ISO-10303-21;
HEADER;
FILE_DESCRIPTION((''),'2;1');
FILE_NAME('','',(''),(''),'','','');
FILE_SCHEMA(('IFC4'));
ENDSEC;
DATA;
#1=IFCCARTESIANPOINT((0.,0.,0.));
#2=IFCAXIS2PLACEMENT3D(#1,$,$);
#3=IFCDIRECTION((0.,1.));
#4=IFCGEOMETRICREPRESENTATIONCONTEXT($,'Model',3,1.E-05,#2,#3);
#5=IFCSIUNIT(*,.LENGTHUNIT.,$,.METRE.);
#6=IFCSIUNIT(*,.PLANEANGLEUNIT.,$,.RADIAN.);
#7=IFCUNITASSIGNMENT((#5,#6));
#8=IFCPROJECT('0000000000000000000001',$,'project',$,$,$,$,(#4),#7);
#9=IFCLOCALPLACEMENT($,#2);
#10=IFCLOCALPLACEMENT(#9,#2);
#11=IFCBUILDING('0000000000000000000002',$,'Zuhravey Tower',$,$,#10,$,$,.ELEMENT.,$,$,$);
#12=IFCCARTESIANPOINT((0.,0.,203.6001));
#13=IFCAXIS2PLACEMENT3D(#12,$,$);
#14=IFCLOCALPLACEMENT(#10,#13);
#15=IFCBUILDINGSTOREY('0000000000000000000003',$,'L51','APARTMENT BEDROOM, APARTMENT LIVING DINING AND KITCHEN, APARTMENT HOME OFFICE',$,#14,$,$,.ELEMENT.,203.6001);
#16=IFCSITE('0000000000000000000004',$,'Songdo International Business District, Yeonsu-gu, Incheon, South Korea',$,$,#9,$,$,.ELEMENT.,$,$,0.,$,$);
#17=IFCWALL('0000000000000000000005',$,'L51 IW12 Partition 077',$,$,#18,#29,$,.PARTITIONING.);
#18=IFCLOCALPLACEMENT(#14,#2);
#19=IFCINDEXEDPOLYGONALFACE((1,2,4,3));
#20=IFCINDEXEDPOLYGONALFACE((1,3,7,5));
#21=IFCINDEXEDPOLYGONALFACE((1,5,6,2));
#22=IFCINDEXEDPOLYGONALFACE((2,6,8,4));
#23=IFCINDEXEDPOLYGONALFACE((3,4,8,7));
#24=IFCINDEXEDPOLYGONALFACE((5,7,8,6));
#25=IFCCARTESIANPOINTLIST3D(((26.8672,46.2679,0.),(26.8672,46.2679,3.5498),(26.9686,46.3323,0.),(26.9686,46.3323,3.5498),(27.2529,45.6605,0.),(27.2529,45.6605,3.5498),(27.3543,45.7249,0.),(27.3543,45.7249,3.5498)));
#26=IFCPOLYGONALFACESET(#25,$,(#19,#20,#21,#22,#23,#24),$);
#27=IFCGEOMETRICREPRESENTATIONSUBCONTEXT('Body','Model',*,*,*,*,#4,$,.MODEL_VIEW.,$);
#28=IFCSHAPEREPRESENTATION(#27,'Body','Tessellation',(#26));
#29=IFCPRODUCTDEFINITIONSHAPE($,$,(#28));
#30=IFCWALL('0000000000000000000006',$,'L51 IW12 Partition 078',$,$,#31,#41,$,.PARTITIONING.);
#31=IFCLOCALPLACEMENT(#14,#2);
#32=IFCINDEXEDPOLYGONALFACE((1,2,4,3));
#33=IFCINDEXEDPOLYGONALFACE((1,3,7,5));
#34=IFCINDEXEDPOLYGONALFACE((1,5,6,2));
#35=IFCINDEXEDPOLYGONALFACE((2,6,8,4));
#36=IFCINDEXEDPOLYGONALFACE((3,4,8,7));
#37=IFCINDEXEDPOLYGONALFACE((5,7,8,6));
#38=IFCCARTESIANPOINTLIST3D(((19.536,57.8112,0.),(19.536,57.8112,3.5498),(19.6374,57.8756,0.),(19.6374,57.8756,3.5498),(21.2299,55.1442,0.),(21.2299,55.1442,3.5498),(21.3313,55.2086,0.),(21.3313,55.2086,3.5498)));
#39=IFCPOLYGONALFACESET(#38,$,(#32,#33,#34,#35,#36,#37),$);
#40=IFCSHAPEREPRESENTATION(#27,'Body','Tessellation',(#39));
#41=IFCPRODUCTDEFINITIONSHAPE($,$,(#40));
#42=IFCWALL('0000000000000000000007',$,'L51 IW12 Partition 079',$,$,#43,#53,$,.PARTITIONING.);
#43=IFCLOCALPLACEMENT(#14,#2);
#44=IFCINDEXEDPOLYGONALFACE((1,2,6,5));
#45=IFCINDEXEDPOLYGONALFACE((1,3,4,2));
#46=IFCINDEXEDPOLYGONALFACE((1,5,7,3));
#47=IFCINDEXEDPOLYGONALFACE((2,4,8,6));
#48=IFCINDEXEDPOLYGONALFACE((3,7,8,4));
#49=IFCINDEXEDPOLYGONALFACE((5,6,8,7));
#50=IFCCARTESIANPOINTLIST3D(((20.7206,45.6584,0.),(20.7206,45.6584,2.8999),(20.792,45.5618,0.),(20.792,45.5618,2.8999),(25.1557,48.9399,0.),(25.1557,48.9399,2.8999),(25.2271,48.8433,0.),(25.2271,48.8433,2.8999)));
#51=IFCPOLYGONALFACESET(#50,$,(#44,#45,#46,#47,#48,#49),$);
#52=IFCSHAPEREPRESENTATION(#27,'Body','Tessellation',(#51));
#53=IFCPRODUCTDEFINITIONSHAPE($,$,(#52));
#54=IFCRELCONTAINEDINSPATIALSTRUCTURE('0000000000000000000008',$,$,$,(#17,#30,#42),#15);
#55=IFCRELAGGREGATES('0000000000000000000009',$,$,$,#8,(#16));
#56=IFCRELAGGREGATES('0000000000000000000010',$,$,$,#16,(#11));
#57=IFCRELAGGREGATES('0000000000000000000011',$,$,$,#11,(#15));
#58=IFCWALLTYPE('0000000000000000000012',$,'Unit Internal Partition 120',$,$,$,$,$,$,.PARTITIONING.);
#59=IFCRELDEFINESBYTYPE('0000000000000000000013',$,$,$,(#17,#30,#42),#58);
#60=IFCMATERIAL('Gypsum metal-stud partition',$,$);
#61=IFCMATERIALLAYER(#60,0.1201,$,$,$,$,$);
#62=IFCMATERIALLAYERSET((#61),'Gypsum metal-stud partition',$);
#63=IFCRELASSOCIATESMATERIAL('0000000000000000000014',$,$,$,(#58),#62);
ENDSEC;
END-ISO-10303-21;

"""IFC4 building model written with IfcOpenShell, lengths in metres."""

from ifc_helpers import new_model, si_unit, direction, frame, frame_2d, origin, place, context, subcontext, project, spatial, rectangle, extrude, material, layer, layer_set, type_object, element, save


model = new_model("IFC4")

# Units and contexts
model_context = context("Model", 3, precision=1e-05, world=origin(), true_north=direction((0.0, 1.0)))
body_context = subcontext(model_context, "Body", "Model", "MODEL_VIEW")
ifc_project = project(units=[si_unit("LENGTHUNIT", "METRE"), si_unit("PLANEANGLEUNIT", "RADIAN")], contexts=[model_context])

# Site, building, storey
site_placement = place(None, origin())
site = spatial("IfcSite", under=ifc_project, at=site_placement, Name="Songdo International Business District, Yeonsu-gu, Incheon, South Korea", CompositionType="ELEMENT", RefElevation=0.0)
building_placement = place(site_placement, origin())
building = spatial("IfcBuilding", under=site, at=building_placement, Name="Zuhravey Tower", CompositionType="ELEMENT")
storey_placement = place(building_placement, frame((0.0, 0.0, 203.6001)))
storey = spatial("IfcBuildingStorey", under=building, at=storey_placement, Name="L51", Description="APARTMENT BEDROOM, APARTMENT LIVING DINING AND KITCHEN, APARTMENT HOME OFFICE", CompositionType="ELEMENT", Elevation=203.6001)

# Shared definitions
ifc_material_1 = material(Name="Gypsum metal-stud partition")
ifc_layer_1 = layer(ifc_material_1, 0.1201)
ifc_layer_set_1 = layer_set([ifc_layer_1], Name="Gypsum metal-stud partition")
wall_type_1 = type_object("IfcWallType", Name="Unit Internal Partition 120", PredefinedType="PARTITIONING", material=ifc_layer_set_1)

# Walls
wall_1_placement = place(storey_placement, frame((27.3037, 45.6926, 0.0), z_axis=(0.0, 0.0, 1.0), x_axis=(-0.536085, 0.844164, 0.0)))
element("IfcWall", 1, at=wall_1_placement, inside=storey, type_object=wall_type_1, Name="L51 IW12 Partition 077", PredefinedType="PARTITIONING", context=body_context, shape_type="SweptSolid", body=[
    extrude(rectangle(XDim=0.7195, YDim=0.1201, at=frame_2d((0.3599, 0.0))), origin(), (0.0, 0.0, 1.0), 3.5498),
])
wall_2_placement = place(storey_placement, frame((21.2805, 55.1765, 0.0), z_axis=(0.0, 0.0, 1.0), x_axis=(-0.536125, 0.844138, 0.0)))
element("IfcWall", 2, at=wall_2_placement, inside=storey, type_object=wall_type_1, Name="L51 IW12 Partition 078", PredefinedType="PARTITIONING", context=body_context, shape_type="SweptSolid", body=[
    extrude(rectangle(XDim=3.1594, YDim=0.1201, at=frame_2d((1.5796, 0.0))), origin(), (0.0, 0.0, 1.0), 3.5498),
])
wall_3_placement = place(storey_placement, frame((25.1914, 48.8916, 0.0), z_axis=(0.0, 0.0, 1.0), x_axis=(-0.803881, -0.59479, 0.0)))
element("IfcWall", 3, at=wall_3_placement, inside=storey, type_object=wall_type_1, Name="L51 IW12 Partition 079", PredefinedType="PARTITIONING", context=body_context, shape_type="SweptSolid", body=[
    extrude(rectangle(XDim=5.5171, YDim=0.1201, at=frame_2d((2.7585, 0.0))), origin(), (0.0, 0.0, 1.0), 2.8999),
])

save(model, "model.ifc")
